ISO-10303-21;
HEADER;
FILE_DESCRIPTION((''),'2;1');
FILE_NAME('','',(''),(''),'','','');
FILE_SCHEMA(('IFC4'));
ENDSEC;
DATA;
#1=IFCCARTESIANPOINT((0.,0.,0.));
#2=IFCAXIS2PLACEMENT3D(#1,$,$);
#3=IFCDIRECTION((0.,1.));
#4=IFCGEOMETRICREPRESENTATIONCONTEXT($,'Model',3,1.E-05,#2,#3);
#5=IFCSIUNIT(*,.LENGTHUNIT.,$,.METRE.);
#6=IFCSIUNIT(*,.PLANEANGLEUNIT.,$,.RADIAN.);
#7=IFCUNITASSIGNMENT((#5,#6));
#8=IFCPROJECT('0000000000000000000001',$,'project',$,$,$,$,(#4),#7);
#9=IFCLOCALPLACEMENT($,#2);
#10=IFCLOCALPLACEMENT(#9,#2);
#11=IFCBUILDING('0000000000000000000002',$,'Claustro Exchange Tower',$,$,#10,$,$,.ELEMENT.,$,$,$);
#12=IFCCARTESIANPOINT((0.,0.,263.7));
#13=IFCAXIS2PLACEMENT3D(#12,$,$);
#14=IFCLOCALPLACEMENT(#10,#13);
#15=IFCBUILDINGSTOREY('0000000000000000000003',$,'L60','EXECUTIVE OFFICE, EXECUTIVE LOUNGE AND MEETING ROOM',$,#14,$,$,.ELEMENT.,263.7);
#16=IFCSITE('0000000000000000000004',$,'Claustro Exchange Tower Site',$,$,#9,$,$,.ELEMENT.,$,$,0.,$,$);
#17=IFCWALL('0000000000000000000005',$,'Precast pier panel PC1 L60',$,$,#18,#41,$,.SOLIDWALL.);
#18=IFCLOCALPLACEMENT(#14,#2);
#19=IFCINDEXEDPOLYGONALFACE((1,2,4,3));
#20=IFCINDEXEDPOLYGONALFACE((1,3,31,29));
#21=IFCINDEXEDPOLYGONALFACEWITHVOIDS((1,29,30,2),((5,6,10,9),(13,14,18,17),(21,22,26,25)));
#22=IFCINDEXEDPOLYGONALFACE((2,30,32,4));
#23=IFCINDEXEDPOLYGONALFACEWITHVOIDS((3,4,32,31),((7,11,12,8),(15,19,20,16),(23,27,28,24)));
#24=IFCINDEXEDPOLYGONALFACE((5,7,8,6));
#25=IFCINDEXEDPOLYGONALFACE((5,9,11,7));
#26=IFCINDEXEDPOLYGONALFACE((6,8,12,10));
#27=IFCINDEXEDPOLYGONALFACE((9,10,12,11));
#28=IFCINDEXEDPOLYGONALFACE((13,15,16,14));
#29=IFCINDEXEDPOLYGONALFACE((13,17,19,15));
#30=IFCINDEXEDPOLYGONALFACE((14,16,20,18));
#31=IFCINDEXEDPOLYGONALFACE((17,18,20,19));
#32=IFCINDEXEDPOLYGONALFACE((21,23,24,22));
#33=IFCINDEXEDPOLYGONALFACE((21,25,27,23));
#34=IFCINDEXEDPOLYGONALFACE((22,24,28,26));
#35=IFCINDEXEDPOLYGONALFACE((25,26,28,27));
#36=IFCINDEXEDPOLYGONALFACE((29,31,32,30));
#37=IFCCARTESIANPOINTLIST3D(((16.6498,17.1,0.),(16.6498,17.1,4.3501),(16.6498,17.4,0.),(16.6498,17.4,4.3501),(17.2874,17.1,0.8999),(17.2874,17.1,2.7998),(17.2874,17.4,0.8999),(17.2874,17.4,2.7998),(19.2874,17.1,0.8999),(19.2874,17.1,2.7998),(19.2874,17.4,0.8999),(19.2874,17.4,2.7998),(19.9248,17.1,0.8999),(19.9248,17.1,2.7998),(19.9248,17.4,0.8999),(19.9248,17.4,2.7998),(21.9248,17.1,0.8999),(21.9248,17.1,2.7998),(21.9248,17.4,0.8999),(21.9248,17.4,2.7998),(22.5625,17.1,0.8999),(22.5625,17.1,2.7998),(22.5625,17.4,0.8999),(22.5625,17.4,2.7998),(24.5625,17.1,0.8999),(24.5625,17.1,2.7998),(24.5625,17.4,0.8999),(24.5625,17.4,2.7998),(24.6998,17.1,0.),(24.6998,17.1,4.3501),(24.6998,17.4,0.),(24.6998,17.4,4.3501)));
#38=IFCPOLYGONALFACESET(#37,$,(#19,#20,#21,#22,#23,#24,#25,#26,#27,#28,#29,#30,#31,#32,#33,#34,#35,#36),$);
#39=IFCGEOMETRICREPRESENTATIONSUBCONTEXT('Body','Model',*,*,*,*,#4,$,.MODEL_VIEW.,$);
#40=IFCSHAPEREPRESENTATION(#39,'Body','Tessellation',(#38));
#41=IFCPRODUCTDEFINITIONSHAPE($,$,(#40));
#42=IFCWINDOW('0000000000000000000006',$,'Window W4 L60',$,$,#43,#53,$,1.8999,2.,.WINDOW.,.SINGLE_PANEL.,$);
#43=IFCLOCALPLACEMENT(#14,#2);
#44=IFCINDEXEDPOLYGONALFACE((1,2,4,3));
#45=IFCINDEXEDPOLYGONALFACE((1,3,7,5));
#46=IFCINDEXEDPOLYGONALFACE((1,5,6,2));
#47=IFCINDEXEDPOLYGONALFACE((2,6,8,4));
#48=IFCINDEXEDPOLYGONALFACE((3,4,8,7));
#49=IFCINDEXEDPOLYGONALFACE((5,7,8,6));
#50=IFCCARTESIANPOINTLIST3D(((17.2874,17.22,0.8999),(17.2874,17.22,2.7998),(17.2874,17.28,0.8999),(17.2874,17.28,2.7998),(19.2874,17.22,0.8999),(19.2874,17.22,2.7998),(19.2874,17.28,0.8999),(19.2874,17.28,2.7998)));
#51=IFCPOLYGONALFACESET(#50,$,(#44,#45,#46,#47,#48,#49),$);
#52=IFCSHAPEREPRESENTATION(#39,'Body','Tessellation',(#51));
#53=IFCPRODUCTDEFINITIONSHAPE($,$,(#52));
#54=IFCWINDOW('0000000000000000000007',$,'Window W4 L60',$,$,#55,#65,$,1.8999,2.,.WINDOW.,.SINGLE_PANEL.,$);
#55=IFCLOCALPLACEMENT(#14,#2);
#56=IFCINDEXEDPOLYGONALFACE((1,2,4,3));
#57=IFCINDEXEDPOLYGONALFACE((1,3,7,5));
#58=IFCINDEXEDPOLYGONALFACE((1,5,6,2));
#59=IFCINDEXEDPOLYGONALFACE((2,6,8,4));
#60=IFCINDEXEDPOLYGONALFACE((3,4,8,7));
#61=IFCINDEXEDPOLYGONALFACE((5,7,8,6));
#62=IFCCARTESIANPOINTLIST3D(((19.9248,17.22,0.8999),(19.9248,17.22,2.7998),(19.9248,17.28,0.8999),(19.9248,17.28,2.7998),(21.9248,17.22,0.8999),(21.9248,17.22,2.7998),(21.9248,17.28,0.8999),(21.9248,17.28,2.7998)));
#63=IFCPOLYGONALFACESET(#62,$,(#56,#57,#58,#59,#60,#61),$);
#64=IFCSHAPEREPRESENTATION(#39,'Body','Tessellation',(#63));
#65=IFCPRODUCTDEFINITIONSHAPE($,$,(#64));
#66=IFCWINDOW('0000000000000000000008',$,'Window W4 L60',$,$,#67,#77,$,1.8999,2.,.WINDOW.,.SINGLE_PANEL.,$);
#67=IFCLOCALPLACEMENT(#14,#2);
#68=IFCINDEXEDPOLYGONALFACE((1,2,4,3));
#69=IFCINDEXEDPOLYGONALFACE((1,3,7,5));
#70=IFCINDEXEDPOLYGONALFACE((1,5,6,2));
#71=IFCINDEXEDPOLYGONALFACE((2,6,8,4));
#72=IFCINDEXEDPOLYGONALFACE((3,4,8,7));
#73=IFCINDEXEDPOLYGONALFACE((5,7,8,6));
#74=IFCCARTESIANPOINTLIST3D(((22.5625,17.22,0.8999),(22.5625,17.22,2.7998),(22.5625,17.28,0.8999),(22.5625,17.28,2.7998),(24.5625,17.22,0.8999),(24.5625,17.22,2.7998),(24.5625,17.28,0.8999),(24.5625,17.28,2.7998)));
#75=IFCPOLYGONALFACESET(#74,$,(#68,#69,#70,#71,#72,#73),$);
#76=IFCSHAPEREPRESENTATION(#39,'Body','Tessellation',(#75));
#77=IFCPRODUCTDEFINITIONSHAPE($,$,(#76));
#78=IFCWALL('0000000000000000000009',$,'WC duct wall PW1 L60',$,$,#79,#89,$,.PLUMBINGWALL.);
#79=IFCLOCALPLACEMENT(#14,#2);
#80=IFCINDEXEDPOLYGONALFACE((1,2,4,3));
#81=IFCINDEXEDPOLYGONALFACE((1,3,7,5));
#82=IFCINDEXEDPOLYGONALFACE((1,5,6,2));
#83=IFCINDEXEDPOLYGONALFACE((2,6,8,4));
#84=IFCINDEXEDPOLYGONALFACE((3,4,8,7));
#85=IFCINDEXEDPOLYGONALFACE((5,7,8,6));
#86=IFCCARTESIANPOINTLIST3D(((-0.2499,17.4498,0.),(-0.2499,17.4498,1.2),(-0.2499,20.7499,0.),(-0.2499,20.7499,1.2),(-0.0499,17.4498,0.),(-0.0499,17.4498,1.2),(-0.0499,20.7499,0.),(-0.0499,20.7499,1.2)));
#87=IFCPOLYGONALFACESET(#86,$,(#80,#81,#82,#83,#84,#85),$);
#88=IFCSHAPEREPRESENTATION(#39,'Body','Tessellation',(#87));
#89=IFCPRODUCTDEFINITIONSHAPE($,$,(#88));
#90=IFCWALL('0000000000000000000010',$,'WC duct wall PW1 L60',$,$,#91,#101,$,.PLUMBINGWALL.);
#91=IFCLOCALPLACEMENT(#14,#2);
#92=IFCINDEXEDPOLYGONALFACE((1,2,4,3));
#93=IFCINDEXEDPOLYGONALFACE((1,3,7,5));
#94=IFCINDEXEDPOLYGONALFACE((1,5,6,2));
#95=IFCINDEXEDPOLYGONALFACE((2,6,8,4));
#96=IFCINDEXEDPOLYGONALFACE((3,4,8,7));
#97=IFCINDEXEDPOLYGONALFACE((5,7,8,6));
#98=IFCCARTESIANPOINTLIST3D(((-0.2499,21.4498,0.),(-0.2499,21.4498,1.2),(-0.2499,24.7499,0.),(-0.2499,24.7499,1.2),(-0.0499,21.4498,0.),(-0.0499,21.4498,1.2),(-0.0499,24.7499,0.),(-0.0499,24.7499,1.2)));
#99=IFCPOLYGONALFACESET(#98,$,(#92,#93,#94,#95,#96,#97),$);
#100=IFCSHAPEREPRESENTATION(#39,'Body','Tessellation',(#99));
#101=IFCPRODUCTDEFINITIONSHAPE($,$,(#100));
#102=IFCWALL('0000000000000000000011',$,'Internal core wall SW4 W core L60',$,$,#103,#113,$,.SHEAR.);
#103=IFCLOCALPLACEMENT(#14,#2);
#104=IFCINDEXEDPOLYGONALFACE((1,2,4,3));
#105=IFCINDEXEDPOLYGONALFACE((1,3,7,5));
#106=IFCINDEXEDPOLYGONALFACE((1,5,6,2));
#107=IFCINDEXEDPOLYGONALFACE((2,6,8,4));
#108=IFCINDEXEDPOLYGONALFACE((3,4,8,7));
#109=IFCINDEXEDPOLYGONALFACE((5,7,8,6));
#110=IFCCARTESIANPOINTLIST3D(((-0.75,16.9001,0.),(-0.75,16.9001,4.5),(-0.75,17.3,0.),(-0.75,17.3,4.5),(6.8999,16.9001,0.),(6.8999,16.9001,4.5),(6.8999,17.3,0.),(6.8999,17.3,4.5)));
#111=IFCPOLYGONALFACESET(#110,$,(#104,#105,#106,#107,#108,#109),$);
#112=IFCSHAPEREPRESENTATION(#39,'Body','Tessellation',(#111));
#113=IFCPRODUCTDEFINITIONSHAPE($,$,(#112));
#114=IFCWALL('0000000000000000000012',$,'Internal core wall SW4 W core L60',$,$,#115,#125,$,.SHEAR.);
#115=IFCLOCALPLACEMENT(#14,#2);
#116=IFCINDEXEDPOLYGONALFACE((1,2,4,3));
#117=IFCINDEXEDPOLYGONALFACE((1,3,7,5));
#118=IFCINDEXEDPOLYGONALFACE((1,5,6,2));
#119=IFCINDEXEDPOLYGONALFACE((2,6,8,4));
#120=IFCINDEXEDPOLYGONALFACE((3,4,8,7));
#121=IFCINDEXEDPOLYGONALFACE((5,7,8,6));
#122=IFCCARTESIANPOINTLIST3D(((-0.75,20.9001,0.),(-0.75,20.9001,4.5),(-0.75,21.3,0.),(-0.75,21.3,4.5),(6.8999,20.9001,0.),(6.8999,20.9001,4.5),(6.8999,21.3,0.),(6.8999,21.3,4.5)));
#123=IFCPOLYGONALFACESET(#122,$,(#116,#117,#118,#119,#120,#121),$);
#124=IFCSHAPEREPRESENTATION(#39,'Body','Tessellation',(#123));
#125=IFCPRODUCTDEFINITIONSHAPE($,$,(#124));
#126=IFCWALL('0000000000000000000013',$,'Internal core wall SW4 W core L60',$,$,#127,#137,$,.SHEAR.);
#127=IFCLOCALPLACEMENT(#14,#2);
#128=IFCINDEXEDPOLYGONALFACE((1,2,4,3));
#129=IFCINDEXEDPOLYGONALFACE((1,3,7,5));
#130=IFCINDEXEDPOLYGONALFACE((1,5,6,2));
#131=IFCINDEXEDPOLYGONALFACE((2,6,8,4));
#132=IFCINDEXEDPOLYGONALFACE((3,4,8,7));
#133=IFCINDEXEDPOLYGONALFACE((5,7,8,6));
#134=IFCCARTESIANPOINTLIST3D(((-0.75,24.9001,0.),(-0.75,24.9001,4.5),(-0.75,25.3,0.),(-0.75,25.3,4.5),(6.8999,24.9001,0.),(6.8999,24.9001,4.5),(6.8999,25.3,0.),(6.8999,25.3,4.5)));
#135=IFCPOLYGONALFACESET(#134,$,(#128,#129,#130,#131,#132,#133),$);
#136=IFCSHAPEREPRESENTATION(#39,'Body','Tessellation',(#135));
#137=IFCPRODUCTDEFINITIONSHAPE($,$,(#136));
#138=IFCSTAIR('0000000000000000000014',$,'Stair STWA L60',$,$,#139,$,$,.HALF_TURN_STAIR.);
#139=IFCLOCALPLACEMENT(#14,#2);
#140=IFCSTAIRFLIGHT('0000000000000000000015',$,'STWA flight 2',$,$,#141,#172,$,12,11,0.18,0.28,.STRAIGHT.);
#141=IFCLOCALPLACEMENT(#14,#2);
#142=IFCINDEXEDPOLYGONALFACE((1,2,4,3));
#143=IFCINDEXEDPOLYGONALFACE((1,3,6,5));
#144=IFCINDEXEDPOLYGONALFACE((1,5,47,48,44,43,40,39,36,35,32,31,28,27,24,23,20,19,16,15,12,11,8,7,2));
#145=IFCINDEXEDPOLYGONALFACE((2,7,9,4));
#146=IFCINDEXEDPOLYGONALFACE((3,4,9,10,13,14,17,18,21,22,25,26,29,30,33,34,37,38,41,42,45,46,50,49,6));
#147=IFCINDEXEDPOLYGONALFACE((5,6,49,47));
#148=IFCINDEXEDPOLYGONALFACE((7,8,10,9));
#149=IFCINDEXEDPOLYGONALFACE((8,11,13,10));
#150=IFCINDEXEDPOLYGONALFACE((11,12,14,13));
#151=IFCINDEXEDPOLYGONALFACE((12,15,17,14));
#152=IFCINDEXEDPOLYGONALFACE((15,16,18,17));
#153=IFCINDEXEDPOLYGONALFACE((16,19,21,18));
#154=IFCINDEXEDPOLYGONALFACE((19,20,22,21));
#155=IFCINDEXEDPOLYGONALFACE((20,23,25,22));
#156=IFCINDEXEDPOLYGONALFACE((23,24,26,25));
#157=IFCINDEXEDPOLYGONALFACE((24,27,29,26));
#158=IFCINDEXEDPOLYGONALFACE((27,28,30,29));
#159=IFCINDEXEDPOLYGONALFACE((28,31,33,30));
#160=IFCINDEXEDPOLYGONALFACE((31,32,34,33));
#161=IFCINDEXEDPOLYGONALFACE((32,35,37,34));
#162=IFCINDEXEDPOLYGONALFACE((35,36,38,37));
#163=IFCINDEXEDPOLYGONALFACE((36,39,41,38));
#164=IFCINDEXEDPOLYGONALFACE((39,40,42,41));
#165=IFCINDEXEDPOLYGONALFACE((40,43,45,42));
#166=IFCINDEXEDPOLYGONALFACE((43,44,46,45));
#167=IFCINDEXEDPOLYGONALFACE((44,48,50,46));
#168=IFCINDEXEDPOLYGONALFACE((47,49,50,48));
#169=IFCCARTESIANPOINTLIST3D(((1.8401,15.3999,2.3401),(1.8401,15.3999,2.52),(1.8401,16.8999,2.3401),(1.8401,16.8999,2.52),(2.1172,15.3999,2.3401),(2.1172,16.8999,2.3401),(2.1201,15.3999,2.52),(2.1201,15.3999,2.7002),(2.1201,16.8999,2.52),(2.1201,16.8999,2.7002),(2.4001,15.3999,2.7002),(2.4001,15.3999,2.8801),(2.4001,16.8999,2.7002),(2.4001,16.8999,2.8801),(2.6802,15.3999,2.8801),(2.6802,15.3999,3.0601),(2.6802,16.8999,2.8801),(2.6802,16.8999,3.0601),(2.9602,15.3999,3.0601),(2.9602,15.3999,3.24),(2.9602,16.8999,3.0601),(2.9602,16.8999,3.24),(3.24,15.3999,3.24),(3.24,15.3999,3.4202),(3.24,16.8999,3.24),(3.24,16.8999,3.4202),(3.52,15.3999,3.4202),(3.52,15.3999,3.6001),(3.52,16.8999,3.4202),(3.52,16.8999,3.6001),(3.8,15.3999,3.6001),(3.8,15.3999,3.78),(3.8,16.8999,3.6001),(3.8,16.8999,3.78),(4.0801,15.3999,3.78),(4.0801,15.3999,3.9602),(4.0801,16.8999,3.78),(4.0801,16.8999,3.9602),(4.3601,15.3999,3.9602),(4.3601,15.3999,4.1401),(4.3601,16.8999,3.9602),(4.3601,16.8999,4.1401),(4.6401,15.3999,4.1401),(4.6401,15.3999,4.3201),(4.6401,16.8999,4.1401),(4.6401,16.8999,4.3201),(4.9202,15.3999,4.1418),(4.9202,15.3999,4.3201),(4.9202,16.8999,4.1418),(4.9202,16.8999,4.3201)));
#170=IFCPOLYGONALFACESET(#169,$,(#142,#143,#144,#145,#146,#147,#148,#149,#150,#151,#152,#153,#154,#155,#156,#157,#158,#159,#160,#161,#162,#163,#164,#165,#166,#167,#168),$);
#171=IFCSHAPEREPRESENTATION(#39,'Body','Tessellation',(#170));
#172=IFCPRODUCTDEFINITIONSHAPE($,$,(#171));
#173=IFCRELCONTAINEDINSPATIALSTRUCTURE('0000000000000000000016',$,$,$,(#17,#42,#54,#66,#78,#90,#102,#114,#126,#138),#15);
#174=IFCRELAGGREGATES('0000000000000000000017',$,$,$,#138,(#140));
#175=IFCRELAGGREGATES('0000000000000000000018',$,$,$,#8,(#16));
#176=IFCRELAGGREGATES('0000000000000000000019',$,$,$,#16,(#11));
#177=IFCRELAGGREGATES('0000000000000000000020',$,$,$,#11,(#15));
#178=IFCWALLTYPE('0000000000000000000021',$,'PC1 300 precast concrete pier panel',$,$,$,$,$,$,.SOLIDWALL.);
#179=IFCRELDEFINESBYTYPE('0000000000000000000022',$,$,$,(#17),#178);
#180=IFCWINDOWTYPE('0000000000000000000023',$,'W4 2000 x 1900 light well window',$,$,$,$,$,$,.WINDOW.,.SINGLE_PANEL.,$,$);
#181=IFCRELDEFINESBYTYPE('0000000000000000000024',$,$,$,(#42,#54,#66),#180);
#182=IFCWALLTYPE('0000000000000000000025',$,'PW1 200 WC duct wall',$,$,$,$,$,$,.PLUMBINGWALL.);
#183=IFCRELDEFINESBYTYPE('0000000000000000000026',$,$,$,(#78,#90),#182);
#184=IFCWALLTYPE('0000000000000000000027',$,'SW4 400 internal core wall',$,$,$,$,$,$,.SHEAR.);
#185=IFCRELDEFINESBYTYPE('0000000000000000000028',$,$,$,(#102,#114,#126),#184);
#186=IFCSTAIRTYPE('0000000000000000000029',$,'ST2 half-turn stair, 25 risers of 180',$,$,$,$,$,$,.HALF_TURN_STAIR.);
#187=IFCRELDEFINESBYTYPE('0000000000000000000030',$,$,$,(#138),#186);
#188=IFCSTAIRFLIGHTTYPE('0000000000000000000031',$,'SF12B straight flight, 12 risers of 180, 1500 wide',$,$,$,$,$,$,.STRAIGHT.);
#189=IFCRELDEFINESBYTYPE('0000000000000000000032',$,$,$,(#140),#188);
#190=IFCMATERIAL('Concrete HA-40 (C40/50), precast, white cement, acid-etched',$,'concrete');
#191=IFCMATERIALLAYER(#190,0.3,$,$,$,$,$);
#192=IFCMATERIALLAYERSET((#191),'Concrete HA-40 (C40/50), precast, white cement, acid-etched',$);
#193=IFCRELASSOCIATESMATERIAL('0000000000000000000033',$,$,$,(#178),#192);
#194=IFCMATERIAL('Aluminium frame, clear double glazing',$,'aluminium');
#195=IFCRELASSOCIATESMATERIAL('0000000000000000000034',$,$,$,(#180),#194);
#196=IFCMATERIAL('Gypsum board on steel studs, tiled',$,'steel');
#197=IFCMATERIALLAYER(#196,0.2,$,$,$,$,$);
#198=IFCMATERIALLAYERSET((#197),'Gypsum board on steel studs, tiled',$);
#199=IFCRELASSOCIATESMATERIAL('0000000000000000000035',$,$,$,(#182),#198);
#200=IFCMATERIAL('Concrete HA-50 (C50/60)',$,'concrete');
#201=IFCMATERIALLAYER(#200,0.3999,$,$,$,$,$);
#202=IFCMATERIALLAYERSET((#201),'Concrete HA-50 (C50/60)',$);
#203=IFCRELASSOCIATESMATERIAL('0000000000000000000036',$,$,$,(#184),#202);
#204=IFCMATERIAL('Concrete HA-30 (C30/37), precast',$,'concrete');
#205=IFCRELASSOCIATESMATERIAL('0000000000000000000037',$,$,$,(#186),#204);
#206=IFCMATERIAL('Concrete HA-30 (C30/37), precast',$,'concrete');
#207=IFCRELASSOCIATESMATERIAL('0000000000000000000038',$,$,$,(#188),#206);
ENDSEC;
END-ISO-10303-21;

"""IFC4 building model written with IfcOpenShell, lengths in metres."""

from ifc_helpers import new_model, si_unit, direction, frame, frame_2d, origin, place, context, subcontext, project, spatial, polyline, rectangle, outline, extrude, material, layer, layer_set, type_object, element, fill, aggregate, save


model = new_model("IFC4")

# Units and contexts
model_context = context("Model", 3, precision=1e-05, world=origin(), true_north=direction((0.0, 1.0)))
body_context = subcontext(model_context, "Body", "Model", "MODEL_VIEW")
ifc_project = project(units=[si_unit("LENGTHUNIT", "METRE"), si_unit("PLANEANGLEUNIT", "RADIAN")], contexts=[model_context])

# Site, building, storey
site_placement = place(None, origin())
site = spatial("IfcSite", under=ifc_project, at=site_placement, Name="Claustro Exchange Tower Site", CompositionType="ELEMENT", RefElevation=0.0)
building_placement = place(site_placement, origin())
building = spatial("IfcBuilding", under=site, at=building_placement, Name="Claustro Exchange Tower", CompositionType="ELEMENT")
storey_placement = place(building_placement, frame((0.0, 0.0, 263.7)))
storey = spatial("IfcBuildingStorey", under=building, at=storey_placement, Name="L60", Description="EXECUTIVE OFFICE, EXECUTIVE LOUNGE AND MEETING ROOM", CompositionType="ELEMENT", Elevation=263.7)

# Wall, openings, windows
ifc_material_1 = material(Name="Concrete HA-40 (C40/50), precast, white cement, acid-etched", Category="concrete")
ifc_layer_1 = layer(ifc_material_1, 0.3)
ifc_layer_set_1 = layer_set([ifc_layer_1], Name="Concrete HA-40 (C40/50), precast, white cement, acid-etched")
wall_type_1 = type_object("IfcWallType", Name="PC1 300 precast concrete pier panel", PredefinedType="SOLIDWALL", material=ifc_layer_set_1)
ifc_material_2 = material(Name="Aluminium frame, clear double glazing", Category="aluminium")
window_type = type_object("IfcWindowType", Name="W4 2000 x 1900 light well window", PartitioningType="SINGLE_PANEL", PredefinedType="WINDOW", material=ifc_material_2)
wall_1_placement = place(storey_placement, frame((16.6499, 17.25, 0.0), z_axis=(0.0, 0.0, 1.0), x_axis=(1.0, 0.0, 0.0)))
wall_1 = element("IfcWall", 1, at=wall_1_placement, inside=storey, type_object=wall_type_1, Name="Precast pier panel PC1 L60", PredefinedType="SOLIDWALL", context=body_context, shape_type="SweptSolid", body=[
    extrude(rectangle(XDim=8.05, YDim=0.3, at=frame_2d((4.0249, 0.0))), origin(), (0.0, 0.0, 1.0), 4.3501),
])
opening_1_placement = place(wall_1_placement, frame((0.6375, 0.0, 0.8999)))
opening_1 = element("IfcOpeningElement", 2, at=opening_1_placement, cuts=wall_1, PredefinedType="OPENING", context=body_context, shape_type="SweptSolid", body=[
    extrude(rectangle(XDim=2.0, YDim=1.8999, at=frame_2d((1.0, 0.95))), frame((0.0, 0.1599, 0.0), z_axis=(0.0, -1.0, 0.0), x_axis=(1.0, 0.0, 0.0)), (0.0, 0.0, 1.0), 0.3201),
])
opening_2_placement = place(wall_1_placement, frame((3.2749, 0.0, 0.8999)))
opening_2 = element("IfcOpeningElement", 3, at=opening_2_placement, cuts=wall_1, PredefinedType="OPENING", context=body_context, shape_type="SweptSolid", body=[
    extrude(rectangle(XDim=2.0, YDim=1.8999, at=frame_2d((1.0, 0.95))), frame((0.0, 0.1599, 0.0), z_axis=(0.0, -1.0, 0.0), x_axis=(1.0, 0.0, 0.0)), (0.0, 0.0, 1.0), 0.3201),
])
opening_3_placement = place(wall_1_placement, frame((5.9126, 0.0, 0.8999)))
opening_3 = element("IfcOpeningElement", 4, at=opening_3_placement, cuts=wall_1, PredefinedType="OPENING", context=body_context, shape_type="SweptSolid", body=[
    extrude(rectangle(XDim=2.0, YDim=1.8999, at=frame_2d((1.0, 0.95))), frame((0.0, 0.1599, 0.0), z_axis=(0.0, -1.0, 0.0), x_axis=(1.0, 0.0, 0.0)), (0.0, 0.0, 1.0), 0.3201),
])
window_1_placement = place(opening_1_placement, origin())
window_1 = element("IfcWindow", 5, at=window_1_placement, inside=storey, type_object=window_type, Name="Window W4 L60", OverallHeight=1.8999, OverallWidth=2.0, PartitioningType="SINGLE_PANEL", PredefinedType="WINDOW", context=body_context, shape_type="SweptSolid", body=[
    extrude(rectangle(XDim=2.0, YDim=1.8999, at=frame_2d((1.0, 0.95))), frame((0.0, 0.03, 0.0), z_axis=(0.0, -1.0, 0.0), x_axis=(1.0, 0.0, 0.0)), (0.0, 0.0, 1.0), 0.0601),
])
fill(opening_1, window_1)
window_2_placement = place(opening_2_placement, origin())
window_2 = element("IfcWindow", 6, at=window_2_placement, inside=storey, type_object=window_type, Name="Window W4 L60", OverallHeight=1.8999, OverallWidth=2.0, PartitioningType="SINGLE_PANEL", PredefinedType="WINDOW", context=body_context, shape_type="SweptSolid", body=[
    extrude(rectangle(XDim=2.0, YDim=1.8999, at=frame_2d((1.0, 0.95))), frame((0.0, 0.03, 0.0), z_axis=(0.0, -1.0, 0.0), x_axis=(1.0, 0.0, 0.0)), (0.0, 0.0, 1.0), 0.0601),
])
fill(opening_2, window_2)
window_3_placement = place(opening_3_placement, origin())
window_3 = element("IfcWindow", 7, at=window_3_placement, inside=storey, type_object=window_type, Name="Window W4 L60", OverallHeight=1.8999, OverallWidth=2.0, PartitioningType="SINGLE_PANEL", PredefinedType="WINDOW", context=body_context, shape_type="SweptSolid", body=[
    extrude(rectangle(XDim=2.0, YDim=1.8999, at=frame_2d((1.0, 0.95))), frame((0.0, 0.03, 0.0), z_axis=(0.0, -1.0, 0.0), x_axis=(1.0, 0.0, 0.0)), (0.0, 0.0, 1.0), 0.0601),
])
fill(opening_3, window_3)

# Walls
ifc_material_3 = material(Name="Gypsum board on steel studs, tiled", Category="steel")
ifc_layer_2 = layer(ifc_material_3, 0.2)
ifc_layer_set_2 = layer_set([ifc_layer_2], Name="Gypsum board on steel studs, tiled")
wall_type_2 = type_object("IfcWallType", Name="PW1 200 WC duct wall", PredefinedType="PLUMBINGWALL", material=ifc_layer_set_2)
for number, where, z_axis, x_axis, name in (
    (8, (-0.1499, 17.45, 0.0), (0.0, 0.0, 1.0), (0.0, 1.0, 0.0), "WC duct wall PW1 L60"),
    (9, (-0.1499, 21.45, 0.0), (0.0, 0.0, 1.0), (0.0, 1.0, 0.0), "WC duct wall PW1 L60"),
):
    element("IfcWall", number, at=place(storey_placement, frame(where, z_axis=z_axis, x_axis=x_axis)), inside=storey, type_object=wall_type_2, Name=name, PredefinedType="PLUMBINGWALL", context=body_context, shape_type="SweptSolid", body=[
        extrude(rectangle(XDim=3.3, YDim=0.2, at=frame_2d((1.6499, 0.0))), origin(), (0.0, 0.0, 1.0), 1.2),
    ])
ifc_material_4 = material(Name="Concrete HA-50 (C50/60)", Category="concrete")
ifc_layer_3 = layer(ifc_material_4, 0.3999)
ifc_layer_set_3 = layer_set([ifc_layer_3], Name="Concrete HA-50 (C50/60)")
wall_type_3 = type_object("IfcWallType", Name="SW4 400 internal core wall", PredefinedType="SHEAR", material=ifc_layer_set_3)
for number, where, z_axis, x_axis, name in (
    (10, (-0.75, 17.1001, 0.0), (0.0, 0.0, 1.0), (1.0, 0.0, 0.0), "Internal core wall SW4 W core L60"),
    (11, (-0.75, 21.1001, 0.0), (0.0, 0.0, 1.0), (1.0, 0.0, 0.0), "Internal core wall SW4 W core L60"),
    (12, (-0.75, 25.1001, 0.0), (0.0, 0.0, 1.0), (1.0, 0.0, 0.0), "Internal core wall SW4 W core L60"),
):
    element("IfcWall", number, at=place(storey_placement, frame(where, z_axis=z_axis, x_axis=x_axis)), inside=storey, type_object=wall_type_3, Name=name, PredefinedType="SHEAR", context=body_context, shape_type="SweptSolid", body=[
        extrude(rectangle(XDim=7.6499, YDim=0.3999, at=frame_2d((3.825, 0.0))), origin(), (0.0, 0.0, 1.0), 4.5),
    ])

# Stair, stair flight
ifc_material_5 = material(Name="Concrete HA-30 (C30/37), precast", Category="concrete")
stair_type = type_object("IfcStairType", Name="ST2 half-turn stair, 25 risers of 180", PredefinedType="HALF_TURN_STAIR", material=ifc_material_5)
stair_placement = place(storey_placement, origin())
stair = element("IfcStair", 13, at=stair_placement, inside=storey, type_object=stair_type, Name="Stair STWA L60", PredefinedType="HALF_TURN_STAIR")
ifc_material_6 = material(Name="Concrete HA-30 (C30/37), precast", Category="concrete")
stair_flight_type = type_object("IfcStairFlightType", Name="SF12B straight flight, 12 risers of 180, 1500 wide", PredefinedType="STRAIGHT", material=ifc_material_6)
stair_flight_placement = place(storey_placement, frame((1.8401, 16.1499, 2.3401), z_axis=(0.0, 0.0, 1.0), x_axis=(1.0, 0.0, 0.0)))
stair_flight = element("IfcStairFlight", 14, at=stair_flight_placement, type_object=stair_flight_type, Name="STWA flight 2", NumberOfRisers=12, NumberOfTreads=11, PredefinedType="STRAIGHT", RiserHeight=0.18, TreadLength=0.28, context=body_context, shape_type="SweptSolid", body=[
    extrude(outline(polyline([(0.0, 0.0), (0.0, 0.1799), (0.28, 0.1799), (0.28, 0.3601), (0.5601, 0.3601), (0.5601, 0.54), (0.8401, 0.54), (0.8401, 0.72), (1.1201, 0.72), (1.1201, 0.8999), (1.3999, 0.8999), (1.3999, 1.0801), (1.6799, 1.0801), (1.6799, 1.26), (1.96, 1.26), (1.96, 1.4399), (2.24, 1.4399), (2.24, 1.6201), (2.52, 1.6201), (2.52, 1.8), (2.8, 1.8), (2.8, 1.98), (3.0801, 1.98), (3.0801, 2.1599), (3.0801, 1.8018), (0.2771, 0.0), (0.0, 0.0)])), frame((0.0, 0.75, 0.0), z_axis=(0.0, -1.0, 0.0), x_axis=(1.0, 0.0, 0.0)), (0.0, 0.0, 1.0), 1.5),
])
aggregate(stair, [stair_flight])

save(model, "model.ifc")
